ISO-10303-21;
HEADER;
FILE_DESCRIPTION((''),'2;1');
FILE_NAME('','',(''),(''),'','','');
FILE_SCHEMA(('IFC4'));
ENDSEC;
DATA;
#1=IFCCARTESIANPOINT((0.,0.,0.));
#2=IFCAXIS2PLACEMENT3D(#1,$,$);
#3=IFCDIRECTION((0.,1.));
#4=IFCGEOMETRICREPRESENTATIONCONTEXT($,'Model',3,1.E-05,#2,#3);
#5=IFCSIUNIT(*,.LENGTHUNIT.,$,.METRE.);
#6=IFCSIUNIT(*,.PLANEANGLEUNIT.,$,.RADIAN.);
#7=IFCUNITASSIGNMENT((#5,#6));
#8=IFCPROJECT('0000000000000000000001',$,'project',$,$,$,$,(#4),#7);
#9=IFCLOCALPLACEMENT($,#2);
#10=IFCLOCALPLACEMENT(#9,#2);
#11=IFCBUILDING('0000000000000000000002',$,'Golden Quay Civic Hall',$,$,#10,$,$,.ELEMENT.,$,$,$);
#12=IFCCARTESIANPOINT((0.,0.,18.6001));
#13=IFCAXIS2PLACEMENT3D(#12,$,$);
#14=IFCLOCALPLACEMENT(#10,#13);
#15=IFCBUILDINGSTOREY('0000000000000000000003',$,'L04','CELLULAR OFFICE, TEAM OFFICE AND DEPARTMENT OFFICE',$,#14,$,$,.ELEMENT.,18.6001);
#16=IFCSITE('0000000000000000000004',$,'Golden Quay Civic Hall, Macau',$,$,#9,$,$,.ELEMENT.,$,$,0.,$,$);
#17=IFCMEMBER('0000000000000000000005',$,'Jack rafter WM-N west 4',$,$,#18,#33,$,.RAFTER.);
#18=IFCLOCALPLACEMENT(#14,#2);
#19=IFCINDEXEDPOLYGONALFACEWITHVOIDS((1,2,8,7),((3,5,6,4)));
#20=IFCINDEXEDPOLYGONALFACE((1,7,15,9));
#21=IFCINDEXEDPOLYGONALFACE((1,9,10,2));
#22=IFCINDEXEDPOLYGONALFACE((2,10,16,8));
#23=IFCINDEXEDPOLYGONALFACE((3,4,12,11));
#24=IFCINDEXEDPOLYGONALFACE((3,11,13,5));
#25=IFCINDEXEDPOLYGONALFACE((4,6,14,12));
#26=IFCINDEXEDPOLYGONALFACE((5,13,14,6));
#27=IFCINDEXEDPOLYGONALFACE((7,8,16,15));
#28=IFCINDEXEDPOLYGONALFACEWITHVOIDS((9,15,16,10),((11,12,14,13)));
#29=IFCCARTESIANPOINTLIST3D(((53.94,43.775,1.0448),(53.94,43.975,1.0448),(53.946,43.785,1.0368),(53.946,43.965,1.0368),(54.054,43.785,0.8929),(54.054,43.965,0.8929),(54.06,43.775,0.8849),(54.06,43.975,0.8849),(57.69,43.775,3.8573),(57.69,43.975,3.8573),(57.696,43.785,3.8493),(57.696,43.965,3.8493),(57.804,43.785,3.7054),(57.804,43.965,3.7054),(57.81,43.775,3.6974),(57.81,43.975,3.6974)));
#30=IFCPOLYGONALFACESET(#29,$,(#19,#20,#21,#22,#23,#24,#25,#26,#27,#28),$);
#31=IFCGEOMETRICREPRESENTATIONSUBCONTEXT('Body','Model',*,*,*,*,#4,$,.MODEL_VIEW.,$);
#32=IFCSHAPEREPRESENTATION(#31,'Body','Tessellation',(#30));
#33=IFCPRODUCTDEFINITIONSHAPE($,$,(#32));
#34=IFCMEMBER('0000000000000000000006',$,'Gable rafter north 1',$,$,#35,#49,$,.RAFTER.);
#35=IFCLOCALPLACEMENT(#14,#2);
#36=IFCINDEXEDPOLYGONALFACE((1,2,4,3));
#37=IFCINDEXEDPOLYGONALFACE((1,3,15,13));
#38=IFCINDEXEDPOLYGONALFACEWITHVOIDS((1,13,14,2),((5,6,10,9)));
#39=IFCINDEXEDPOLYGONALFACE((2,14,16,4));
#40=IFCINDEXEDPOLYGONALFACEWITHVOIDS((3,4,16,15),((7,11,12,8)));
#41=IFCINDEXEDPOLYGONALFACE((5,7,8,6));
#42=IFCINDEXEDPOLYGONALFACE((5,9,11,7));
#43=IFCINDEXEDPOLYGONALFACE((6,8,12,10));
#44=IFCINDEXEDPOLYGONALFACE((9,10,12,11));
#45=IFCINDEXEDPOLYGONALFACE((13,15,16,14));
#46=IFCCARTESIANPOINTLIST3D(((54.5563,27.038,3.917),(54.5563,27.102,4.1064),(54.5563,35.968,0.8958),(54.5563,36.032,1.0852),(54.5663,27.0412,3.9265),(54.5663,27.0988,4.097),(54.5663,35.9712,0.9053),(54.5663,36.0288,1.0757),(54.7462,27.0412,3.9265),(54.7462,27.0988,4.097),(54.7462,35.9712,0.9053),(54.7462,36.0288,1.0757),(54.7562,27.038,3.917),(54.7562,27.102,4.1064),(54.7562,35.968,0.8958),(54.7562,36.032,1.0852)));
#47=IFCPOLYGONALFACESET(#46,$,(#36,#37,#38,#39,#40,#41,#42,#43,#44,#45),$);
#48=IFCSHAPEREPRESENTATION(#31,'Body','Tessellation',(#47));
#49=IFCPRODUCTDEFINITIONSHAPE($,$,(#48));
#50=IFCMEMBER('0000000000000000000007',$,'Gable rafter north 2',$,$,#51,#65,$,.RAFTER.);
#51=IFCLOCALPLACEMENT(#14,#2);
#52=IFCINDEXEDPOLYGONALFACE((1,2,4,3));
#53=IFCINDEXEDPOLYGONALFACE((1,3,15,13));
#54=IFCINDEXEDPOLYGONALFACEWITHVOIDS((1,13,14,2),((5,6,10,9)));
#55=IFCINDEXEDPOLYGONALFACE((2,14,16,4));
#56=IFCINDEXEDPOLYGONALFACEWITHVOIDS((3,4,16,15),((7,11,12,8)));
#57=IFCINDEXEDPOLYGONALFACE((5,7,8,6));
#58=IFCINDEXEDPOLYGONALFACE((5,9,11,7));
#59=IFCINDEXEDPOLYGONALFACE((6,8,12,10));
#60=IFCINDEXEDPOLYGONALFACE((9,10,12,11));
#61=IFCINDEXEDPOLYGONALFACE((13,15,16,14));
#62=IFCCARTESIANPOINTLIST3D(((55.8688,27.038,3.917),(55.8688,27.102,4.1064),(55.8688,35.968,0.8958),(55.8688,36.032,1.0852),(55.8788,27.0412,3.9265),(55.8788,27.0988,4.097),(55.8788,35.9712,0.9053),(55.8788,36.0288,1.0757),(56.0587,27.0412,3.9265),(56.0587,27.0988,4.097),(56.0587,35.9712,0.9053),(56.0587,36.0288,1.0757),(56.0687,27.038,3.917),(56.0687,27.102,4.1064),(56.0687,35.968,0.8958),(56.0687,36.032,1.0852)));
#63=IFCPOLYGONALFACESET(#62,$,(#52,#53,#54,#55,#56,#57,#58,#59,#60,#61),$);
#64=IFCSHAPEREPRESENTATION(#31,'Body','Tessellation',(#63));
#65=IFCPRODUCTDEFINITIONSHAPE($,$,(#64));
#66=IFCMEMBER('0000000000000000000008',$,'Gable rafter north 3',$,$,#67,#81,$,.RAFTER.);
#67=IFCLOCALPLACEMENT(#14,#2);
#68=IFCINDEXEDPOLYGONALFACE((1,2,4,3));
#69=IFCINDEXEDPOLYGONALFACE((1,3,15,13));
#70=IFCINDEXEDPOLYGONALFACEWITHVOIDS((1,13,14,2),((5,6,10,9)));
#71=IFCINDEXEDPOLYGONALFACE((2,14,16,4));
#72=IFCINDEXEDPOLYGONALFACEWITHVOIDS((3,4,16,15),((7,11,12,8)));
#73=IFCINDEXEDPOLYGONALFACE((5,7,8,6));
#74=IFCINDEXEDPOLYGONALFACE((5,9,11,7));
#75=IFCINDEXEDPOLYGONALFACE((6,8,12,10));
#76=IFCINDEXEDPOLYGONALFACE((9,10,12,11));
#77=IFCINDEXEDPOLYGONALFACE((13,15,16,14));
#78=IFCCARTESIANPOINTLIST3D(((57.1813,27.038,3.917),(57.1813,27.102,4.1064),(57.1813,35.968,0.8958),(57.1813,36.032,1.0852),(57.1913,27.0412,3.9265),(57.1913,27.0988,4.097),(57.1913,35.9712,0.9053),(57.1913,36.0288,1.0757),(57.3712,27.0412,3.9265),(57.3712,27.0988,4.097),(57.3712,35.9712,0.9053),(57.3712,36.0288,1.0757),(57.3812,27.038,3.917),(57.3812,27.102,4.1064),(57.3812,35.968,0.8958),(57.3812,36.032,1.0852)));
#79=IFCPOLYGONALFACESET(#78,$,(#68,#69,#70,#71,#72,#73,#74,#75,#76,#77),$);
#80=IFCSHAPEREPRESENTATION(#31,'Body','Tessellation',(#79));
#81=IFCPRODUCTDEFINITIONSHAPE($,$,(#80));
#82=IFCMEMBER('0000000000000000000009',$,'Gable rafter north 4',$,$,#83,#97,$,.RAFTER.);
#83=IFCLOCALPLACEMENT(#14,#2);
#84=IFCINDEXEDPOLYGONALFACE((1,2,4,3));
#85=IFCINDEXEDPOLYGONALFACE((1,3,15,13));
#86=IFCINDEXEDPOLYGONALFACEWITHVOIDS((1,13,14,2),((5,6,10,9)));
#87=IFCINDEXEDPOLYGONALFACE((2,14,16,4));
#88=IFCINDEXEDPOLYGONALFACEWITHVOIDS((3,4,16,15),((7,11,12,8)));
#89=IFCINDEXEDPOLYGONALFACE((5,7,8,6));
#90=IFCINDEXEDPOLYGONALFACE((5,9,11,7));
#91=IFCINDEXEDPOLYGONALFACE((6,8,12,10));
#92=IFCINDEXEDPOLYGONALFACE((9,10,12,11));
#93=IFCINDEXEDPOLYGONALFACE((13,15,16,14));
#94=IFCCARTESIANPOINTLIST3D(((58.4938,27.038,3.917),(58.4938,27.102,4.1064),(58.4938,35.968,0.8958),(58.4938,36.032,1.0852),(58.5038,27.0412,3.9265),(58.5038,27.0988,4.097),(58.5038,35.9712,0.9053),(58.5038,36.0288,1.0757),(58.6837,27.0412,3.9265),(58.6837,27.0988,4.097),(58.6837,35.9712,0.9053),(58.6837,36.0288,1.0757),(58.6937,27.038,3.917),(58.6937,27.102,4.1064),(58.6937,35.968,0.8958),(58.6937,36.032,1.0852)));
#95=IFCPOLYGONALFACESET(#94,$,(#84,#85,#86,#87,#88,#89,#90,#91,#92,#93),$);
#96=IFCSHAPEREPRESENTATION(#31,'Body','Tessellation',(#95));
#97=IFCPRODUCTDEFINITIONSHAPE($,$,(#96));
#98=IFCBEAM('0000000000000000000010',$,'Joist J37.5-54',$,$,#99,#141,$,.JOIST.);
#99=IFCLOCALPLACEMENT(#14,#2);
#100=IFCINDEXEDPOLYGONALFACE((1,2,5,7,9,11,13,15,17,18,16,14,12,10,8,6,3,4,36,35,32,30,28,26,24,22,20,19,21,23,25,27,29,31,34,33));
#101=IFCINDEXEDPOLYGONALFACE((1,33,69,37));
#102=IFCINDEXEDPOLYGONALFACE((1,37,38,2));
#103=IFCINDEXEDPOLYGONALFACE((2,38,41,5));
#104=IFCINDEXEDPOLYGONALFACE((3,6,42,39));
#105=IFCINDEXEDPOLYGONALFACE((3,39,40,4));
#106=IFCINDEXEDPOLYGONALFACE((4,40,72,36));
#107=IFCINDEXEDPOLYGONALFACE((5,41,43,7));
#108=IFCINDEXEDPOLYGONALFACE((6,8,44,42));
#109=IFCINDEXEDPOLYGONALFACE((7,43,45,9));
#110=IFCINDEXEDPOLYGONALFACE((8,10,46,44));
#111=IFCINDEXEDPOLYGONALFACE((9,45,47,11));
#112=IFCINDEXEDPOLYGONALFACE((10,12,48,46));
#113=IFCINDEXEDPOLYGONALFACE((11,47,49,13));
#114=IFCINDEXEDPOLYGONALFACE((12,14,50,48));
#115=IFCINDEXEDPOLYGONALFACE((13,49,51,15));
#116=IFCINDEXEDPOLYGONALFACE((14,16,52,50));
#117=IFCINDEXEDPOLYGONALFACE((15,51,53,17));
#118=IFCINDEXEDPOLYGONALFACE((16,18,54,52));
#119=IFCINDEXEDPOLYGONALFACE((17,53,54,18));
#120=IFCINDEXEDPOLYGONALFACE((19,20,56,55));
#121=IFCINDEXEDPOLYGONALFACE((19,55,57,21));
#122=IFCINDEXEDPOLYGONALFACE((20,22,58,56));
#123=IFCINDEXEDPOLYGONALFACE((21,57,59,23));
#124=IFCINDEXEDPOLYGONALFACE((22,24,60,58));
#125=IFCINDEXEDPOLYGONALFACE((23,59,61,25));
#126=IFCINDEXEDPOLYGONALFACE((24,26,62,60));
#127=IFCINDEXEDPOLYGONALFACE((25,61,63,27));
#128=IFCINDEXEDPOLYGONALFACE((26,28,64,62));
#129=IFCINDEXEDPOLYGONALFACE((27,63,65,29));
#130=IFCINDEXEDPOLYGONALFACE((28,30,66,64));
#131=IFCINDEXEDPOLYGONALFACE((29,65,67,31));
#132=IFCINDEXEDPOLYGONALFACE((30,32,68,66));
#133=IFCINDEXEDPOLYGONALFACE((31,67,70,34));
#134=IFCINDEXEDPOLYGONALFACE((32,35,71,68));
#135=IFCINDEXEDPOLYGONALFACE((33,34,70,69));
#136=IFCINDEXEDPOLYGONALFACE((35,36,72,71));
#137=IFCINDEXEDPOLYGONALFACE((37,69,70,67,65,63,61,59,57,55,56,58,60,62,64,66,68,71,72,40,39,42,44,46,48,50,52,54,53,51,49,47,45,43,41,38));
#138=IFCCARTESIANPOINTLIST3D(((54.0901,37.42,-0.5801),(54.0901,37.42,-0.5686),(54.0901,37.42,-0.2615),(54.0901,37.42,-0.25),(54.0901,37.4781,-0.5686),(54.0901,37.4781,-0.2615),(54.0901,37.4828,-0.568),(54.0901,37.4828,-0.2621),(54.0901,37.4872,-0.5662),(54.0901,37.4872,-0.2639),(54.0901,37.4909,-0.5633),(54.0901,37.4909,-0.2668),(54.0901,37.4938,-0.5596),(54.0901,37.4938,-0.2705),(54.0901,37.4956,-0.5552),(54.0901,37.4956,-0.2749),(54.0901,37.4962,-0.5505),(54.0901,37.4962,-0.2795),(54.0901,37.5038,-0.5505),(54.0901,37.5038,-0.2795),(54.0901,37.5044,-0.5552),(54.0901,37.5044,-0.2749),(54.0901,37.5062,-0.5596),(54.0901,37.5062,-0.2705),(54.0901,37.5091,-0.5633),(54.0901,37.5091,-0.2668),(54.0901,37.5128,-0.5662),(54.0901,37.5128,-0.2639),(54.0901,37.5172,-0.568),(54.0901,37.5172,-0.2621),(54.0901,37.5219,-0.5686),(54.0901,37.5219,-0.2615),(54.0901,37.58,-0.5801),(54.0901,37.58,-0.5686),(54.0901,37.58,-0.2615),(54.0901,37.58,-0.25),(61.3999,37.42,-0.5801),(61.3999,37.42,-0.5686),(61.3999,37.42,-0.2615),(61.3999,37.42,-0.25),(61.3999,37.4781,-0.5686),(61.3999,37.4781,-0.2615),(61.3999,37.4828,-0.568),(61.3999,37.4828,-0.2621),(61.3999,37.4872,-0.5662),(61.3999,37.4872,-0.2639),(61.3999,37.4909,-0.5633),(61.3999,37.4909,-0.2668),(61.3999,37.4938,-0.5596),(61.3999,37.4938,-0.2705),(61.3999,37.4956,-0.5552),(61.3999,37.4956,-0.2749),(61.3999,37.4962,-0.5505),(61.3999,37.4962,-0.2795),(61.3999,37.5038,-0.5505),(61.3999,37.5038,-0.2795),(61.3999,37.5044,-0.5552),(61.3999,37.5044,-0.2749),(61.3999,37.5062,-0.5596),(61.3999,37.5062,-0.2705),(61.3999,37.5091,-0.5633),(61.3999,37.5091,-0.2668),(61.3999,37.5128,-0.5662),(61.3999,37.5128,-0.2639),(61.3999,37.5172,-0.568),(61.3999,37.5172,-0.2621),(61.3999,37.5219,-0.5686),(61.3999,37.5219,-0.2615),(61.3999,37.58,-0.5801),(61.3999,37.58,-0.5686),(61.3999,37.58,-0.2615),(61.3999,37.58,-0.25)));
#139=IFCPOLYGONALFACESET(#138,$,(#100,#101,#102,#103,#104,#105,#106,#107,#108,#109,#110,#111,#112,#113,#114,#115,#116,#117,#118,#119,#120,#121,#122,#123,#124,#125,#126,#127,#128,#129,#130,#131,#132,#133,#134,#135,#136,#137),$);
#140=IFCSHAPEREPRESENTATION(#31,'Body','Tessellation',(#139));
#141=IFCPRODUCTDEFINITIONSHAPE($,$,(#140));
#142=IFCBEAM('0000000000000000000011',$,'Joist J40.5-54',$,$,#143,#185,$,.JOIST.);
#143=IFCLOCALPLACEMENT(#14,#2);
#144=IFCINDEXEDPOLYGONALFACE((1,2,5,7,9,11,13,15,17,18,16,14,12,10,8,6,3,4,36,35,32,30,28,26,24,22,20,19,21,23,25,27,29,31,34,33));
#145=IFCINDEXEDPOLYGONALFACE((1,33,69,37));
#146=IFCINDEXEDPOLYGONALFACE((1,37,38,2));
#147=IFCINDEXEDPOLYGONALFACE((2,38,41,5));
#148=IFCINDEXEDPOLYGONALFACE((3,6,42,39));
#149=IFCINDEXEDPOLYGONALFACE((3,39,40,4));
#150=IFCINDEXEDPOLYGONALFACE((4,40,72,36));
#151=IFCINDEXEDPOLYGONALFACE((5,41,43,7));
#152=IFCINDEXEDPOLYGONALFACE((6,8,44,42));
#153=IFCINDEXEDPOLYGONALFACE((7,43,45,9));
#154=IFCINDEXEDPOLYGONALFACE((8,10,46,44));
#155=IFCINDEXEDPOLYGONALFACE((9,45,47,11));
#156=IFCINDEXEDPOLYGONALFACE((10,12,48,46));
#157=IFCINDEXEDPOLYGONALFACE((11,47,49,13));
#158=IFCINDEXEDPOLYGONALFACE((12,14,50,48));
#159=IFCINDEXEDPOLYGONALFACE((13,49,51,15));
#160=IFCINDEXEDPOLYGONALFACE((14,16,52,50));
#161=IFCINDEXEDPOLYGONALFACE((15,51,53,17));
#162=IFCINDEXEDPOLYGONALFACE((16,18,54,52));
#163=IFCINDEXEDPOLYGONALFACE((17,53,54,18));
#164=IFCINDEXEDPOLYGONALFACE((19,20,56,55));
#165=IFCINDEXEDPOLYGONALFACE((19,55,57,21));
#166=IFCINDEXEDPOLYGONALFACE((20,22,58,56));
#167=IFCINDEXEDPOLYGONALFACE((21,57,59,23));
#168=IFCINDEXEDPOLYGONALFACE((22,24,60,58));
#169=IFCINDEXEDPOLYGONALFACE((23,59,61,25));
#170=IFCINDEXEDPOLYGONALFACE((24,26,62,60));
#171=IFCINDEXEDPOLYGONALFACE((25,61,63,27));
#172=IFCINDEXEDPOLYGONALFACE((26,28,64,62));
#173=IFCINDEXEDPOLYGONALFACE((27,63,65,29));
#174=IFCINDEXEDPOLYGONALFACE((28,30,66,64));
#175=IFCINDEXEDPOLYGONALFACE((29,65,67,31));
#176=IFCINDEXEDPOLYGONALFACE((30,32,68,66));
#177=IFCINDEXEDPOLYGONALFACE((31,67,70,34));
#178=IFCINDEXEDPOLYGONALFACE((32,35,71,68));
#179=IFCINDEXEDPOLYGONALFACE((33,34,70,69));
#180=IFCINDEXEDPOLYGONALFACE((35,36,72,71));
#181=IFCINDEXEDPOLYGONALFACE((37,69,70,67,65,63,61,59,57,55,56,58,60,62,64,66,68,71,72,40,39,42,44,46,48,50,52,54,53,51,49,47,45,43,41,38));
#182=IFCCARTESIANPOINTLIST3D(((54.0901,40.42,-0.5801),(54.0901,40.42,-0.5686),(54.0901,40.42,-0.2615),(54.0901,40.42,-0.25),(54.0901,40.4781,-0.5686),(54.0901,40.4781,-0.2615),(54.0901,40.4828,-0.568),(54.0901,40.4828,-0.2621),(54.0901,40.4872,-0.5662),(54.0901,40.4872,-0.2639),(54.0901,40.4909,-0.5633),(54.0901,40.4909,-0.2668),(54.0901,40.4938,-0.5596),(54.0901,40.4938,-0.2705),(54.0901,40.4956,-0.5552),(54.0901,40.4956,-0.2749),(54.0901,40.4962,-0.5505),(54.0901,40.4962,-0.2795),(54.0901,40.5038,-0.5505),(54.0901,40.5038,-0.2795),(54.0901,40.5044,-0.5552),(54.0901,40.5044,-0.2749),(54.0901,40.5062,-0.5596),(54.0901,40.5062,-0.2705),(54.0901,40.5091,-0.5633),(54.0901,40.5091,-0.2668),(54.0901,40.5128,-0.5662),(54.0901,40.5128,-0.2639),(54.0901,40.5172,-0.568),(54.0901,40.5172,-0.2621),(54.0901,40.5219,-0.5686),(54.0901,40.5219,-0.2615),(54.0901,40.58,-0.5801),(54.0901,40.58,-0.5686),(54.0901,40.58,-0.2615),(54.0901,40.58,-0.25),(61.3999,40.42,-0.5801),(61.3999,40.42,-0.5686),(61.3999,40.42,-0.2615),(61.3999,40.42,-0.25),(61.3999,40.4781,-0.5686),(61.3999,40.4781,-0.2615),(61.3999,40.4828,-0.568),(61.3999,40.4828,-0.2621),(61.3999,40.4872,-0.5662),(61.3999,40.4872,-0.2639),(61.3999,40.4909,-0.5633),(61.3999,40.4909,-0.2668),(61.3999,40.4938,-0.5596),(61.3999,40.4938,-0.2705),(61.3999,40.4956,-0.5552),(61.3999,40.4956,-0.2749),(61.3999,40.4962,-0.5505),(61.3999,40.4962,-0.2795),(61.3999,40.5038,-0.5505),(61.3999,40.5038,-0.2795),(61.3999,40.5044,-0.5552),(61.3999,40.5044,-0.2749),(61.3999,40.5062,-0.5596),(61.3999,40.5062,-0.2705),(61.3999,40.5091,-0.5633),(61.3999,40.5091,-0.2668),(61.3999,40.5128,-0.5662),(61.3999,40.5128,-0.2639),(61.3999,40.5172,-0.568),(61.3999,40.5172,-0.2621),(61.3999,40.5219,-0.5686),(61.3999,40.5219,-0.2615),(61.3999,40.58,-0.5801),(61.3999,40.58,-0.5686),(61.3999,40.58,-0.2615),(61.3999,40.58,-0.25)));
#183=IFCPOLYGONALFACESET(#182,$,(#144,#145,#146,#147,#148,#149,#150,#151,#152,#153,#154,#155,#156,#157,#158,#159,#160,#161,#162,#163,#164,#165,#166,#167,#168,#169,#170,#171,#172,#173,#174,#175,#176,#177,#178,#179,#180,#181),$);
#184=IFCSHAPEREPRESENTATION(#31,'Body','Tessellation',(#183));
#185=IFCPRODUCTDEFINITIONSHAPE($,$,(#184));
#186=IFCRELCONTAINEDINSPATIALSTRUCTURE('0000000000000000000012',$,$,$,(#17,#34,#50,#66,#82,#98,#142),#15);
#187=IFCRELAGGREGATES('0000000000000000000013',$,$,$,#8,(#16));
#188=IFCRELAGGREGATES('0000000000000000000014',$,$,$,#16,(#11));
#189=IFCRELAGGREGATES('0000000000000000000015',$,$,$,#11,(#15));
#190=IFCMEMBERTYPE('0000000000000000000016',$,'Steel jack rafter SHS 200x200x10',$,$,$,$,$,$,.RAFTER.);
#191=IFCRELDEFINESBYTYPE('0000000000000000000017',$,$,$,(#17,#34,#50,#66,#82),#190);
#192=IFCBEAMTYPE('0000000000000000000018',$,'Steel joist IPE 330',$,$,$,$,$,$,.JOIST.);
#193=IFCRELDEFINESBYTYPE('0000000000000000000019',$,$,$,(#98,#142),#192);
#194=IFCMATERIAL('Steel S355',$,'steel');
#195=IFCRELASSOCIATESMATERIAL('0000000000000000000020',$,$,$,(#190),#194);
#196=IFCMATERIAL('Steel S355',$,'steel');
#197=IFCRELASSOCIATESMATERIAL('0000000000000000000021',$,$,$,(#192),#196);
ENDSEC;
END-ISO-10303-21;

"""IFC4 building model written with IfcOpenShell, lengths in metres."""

from ifc_helpers import new_model, si_unit, direction, frame, origin, origin_2d, place, context, subcontext, project, spatial, hollow_rectangle, i_section, extrude, material, material_profile, profile_set, type_object, element, save


model = new_model("IFC4")

# Units and contexts
model_context = context("Model", 3, precision=1e-05, world=origin(), true_north=direction((0.0, 1.0)))
body_context = subcontext(model_context, "Body", "Model", "MODEL_VIEW")
ifc_project = project(units=[si_unit("LENGTHUNIT", "METRE"), si_unit("PLANEANGLEUNIT", "RADIAN")], contexts=[model_context])

# Site, building, storey
site_placement = place(None, origin())
site = spatial("IfcSite", under=ifc_project, at=site_placement, Name="Golden Quay Civic Hall, Macau", CompositionType="ELEMENT", RefElevation=0.0)
building_placement = place(site_placement, origin())
building = spatial("IfcBuilding", under=site, at=building_placement, Name="Golden Quay Civic Hall", CompositionType="ELEMENT")
storey_placement = place(building_placement, frame((0.0, 0.0, 18.6001)))
storey = spatial("IfcBuildingStorey", under=building, at=storey_placement, Name="L04", Description="CELLULAR OFFICE, TEAM OFFICE AND DEPARTMENT OFFICE", CompositionType="ELEMENT", Elevation=18.6001)

# Members
ifc_material_1 = material(Name="Steel S355", Category="steel")
ifc_material_profile_1 = material_profile(ifc_material_1, hollow_rectangle(XDim=0.2, YDim=0.2, WallThickness=0.01, at=origin_2d()), Name="SHS 200x200x10")
ifc_profile_set_1 = profile_set([ifc_material_profile_1], Name="Steel S355")
member_type_1 = type_object("IfcMemberType", Name="Steel jack rafter SHS 200x200x10", PredefinedType="RAFTER", material=ifc_profile_set_1)
for number, where, z_axis, x_axis, name in (
    (1, (54.0, 43.875, 0.9648), (0.8, 0.0, 0.6), (0.0, 1.0, 0.0), "Jack rafter WM-N west 4"),
):
    element("IfcMember", number, at=place(storey_placement, frame(where, z_axis=z_axis, x_axis=x_axis)), inside=storey, type_object=member_type_1, Name=name, PredefinedType="RAFTER", context=body_context, shape_type="SweptSolid", body=[
        extrude(hollow_rectangle(XDim=0.2, YDim=0.2, WallThickness=0.01, at=origin_2d()), origin(), (0.0, 0.0, 1.0), 4.6875),
    ])
for number, where, z_axis, x_axis, name in (
    (2, (54.6562, 36.0, 0.9905), (0.0, -0.947255, 0.320482), (1.0, 0.0, 0.0), "Gable rafter north 1"),
    (3, (55.9688, 36.0, 0.9905), (0.0, -0.947255, 0.320482), (1.0, 0.0, 0.0), "Gable rafter north 2"),
    (4, (57.2812, 36.0, 0.9905), (0.0, -0.947255, 0.320482), (1.0, 0.0, 0.0), "Gable rafter north 3"),
    (5, (58.5938, 36.0, 0.9905), (0.0, -0.947255, 0.320482), (1.0, 0.0, 0.0), "Gable rafter north 4"),
):
    element("IfcMember", number, at=place(storey_placement, frame(where, z_axis=z_axis, x_axis=x_axis)), inside=storey, type_object=member_type_1, Name=name, PredefinedType="RAFTER", context=body_context, shape_type="SweptSolid", body=[
        extrude(hollow_rectangle(XDim=0.2, YDim=0.2, WallThickness=0.01, at=origin_2d()), origin(), (0.0, 0.0, 1.0), 9.4272),
    ])

# Beams
ifc_material_2 = material(Name="Steel S355", Category="steel")
ifc_material_profile_2 = material_profile(ifc_material_2, i_section(OverallWidth=0.1599, OverallDepth=0.3301, WebThickness=0.0076, FlangeThickness=0.0115, FilletRadius=0.0181, at=origin_2d()), Name="IPE 330")
ifc_profile_set_2 = profile_set([ifc_material_profile_2], Name="Steel S355")
beam_type_1 = type_object("IfcBeamType", Name="Steel joist IPE 330", PredefinedType="JOIST", material=ifc_profile_set_2)
for number, where, z_axis, x_axis, name in (
    (6, (54.0901, 37.5, -0.415), (1.0, 0.0, 0.0), (0.0, 1.0, 0.0), "Joist J37.5-54"),
    (7, (54.0901, 40.5, -0.415), (1.0, 0.0, 0.0), (0.0, 1.0, 0.0), "Joist J40.5-54"),
):
    element("IfcBeam", number, at=place(storey_placement, frame(where, z_axis=z_axis, x_axis=x_axis)), inside=storey, type_object=beam_type_1, Name=name, PredefinedType="JOIST", context=body_context, shape_type="SweptSolid", body=[
        extrude(i_section(OverallWidth=0.1599, OverallDepth=0.3301, WebThickness=0.0076, FlangeThickness=0.0115, FilletRadius=0.0181, at=origin_2d()), origin(), (0.0, 0.0, 1.0), 7.3098),
    ])

save(model, "model.ifc")
